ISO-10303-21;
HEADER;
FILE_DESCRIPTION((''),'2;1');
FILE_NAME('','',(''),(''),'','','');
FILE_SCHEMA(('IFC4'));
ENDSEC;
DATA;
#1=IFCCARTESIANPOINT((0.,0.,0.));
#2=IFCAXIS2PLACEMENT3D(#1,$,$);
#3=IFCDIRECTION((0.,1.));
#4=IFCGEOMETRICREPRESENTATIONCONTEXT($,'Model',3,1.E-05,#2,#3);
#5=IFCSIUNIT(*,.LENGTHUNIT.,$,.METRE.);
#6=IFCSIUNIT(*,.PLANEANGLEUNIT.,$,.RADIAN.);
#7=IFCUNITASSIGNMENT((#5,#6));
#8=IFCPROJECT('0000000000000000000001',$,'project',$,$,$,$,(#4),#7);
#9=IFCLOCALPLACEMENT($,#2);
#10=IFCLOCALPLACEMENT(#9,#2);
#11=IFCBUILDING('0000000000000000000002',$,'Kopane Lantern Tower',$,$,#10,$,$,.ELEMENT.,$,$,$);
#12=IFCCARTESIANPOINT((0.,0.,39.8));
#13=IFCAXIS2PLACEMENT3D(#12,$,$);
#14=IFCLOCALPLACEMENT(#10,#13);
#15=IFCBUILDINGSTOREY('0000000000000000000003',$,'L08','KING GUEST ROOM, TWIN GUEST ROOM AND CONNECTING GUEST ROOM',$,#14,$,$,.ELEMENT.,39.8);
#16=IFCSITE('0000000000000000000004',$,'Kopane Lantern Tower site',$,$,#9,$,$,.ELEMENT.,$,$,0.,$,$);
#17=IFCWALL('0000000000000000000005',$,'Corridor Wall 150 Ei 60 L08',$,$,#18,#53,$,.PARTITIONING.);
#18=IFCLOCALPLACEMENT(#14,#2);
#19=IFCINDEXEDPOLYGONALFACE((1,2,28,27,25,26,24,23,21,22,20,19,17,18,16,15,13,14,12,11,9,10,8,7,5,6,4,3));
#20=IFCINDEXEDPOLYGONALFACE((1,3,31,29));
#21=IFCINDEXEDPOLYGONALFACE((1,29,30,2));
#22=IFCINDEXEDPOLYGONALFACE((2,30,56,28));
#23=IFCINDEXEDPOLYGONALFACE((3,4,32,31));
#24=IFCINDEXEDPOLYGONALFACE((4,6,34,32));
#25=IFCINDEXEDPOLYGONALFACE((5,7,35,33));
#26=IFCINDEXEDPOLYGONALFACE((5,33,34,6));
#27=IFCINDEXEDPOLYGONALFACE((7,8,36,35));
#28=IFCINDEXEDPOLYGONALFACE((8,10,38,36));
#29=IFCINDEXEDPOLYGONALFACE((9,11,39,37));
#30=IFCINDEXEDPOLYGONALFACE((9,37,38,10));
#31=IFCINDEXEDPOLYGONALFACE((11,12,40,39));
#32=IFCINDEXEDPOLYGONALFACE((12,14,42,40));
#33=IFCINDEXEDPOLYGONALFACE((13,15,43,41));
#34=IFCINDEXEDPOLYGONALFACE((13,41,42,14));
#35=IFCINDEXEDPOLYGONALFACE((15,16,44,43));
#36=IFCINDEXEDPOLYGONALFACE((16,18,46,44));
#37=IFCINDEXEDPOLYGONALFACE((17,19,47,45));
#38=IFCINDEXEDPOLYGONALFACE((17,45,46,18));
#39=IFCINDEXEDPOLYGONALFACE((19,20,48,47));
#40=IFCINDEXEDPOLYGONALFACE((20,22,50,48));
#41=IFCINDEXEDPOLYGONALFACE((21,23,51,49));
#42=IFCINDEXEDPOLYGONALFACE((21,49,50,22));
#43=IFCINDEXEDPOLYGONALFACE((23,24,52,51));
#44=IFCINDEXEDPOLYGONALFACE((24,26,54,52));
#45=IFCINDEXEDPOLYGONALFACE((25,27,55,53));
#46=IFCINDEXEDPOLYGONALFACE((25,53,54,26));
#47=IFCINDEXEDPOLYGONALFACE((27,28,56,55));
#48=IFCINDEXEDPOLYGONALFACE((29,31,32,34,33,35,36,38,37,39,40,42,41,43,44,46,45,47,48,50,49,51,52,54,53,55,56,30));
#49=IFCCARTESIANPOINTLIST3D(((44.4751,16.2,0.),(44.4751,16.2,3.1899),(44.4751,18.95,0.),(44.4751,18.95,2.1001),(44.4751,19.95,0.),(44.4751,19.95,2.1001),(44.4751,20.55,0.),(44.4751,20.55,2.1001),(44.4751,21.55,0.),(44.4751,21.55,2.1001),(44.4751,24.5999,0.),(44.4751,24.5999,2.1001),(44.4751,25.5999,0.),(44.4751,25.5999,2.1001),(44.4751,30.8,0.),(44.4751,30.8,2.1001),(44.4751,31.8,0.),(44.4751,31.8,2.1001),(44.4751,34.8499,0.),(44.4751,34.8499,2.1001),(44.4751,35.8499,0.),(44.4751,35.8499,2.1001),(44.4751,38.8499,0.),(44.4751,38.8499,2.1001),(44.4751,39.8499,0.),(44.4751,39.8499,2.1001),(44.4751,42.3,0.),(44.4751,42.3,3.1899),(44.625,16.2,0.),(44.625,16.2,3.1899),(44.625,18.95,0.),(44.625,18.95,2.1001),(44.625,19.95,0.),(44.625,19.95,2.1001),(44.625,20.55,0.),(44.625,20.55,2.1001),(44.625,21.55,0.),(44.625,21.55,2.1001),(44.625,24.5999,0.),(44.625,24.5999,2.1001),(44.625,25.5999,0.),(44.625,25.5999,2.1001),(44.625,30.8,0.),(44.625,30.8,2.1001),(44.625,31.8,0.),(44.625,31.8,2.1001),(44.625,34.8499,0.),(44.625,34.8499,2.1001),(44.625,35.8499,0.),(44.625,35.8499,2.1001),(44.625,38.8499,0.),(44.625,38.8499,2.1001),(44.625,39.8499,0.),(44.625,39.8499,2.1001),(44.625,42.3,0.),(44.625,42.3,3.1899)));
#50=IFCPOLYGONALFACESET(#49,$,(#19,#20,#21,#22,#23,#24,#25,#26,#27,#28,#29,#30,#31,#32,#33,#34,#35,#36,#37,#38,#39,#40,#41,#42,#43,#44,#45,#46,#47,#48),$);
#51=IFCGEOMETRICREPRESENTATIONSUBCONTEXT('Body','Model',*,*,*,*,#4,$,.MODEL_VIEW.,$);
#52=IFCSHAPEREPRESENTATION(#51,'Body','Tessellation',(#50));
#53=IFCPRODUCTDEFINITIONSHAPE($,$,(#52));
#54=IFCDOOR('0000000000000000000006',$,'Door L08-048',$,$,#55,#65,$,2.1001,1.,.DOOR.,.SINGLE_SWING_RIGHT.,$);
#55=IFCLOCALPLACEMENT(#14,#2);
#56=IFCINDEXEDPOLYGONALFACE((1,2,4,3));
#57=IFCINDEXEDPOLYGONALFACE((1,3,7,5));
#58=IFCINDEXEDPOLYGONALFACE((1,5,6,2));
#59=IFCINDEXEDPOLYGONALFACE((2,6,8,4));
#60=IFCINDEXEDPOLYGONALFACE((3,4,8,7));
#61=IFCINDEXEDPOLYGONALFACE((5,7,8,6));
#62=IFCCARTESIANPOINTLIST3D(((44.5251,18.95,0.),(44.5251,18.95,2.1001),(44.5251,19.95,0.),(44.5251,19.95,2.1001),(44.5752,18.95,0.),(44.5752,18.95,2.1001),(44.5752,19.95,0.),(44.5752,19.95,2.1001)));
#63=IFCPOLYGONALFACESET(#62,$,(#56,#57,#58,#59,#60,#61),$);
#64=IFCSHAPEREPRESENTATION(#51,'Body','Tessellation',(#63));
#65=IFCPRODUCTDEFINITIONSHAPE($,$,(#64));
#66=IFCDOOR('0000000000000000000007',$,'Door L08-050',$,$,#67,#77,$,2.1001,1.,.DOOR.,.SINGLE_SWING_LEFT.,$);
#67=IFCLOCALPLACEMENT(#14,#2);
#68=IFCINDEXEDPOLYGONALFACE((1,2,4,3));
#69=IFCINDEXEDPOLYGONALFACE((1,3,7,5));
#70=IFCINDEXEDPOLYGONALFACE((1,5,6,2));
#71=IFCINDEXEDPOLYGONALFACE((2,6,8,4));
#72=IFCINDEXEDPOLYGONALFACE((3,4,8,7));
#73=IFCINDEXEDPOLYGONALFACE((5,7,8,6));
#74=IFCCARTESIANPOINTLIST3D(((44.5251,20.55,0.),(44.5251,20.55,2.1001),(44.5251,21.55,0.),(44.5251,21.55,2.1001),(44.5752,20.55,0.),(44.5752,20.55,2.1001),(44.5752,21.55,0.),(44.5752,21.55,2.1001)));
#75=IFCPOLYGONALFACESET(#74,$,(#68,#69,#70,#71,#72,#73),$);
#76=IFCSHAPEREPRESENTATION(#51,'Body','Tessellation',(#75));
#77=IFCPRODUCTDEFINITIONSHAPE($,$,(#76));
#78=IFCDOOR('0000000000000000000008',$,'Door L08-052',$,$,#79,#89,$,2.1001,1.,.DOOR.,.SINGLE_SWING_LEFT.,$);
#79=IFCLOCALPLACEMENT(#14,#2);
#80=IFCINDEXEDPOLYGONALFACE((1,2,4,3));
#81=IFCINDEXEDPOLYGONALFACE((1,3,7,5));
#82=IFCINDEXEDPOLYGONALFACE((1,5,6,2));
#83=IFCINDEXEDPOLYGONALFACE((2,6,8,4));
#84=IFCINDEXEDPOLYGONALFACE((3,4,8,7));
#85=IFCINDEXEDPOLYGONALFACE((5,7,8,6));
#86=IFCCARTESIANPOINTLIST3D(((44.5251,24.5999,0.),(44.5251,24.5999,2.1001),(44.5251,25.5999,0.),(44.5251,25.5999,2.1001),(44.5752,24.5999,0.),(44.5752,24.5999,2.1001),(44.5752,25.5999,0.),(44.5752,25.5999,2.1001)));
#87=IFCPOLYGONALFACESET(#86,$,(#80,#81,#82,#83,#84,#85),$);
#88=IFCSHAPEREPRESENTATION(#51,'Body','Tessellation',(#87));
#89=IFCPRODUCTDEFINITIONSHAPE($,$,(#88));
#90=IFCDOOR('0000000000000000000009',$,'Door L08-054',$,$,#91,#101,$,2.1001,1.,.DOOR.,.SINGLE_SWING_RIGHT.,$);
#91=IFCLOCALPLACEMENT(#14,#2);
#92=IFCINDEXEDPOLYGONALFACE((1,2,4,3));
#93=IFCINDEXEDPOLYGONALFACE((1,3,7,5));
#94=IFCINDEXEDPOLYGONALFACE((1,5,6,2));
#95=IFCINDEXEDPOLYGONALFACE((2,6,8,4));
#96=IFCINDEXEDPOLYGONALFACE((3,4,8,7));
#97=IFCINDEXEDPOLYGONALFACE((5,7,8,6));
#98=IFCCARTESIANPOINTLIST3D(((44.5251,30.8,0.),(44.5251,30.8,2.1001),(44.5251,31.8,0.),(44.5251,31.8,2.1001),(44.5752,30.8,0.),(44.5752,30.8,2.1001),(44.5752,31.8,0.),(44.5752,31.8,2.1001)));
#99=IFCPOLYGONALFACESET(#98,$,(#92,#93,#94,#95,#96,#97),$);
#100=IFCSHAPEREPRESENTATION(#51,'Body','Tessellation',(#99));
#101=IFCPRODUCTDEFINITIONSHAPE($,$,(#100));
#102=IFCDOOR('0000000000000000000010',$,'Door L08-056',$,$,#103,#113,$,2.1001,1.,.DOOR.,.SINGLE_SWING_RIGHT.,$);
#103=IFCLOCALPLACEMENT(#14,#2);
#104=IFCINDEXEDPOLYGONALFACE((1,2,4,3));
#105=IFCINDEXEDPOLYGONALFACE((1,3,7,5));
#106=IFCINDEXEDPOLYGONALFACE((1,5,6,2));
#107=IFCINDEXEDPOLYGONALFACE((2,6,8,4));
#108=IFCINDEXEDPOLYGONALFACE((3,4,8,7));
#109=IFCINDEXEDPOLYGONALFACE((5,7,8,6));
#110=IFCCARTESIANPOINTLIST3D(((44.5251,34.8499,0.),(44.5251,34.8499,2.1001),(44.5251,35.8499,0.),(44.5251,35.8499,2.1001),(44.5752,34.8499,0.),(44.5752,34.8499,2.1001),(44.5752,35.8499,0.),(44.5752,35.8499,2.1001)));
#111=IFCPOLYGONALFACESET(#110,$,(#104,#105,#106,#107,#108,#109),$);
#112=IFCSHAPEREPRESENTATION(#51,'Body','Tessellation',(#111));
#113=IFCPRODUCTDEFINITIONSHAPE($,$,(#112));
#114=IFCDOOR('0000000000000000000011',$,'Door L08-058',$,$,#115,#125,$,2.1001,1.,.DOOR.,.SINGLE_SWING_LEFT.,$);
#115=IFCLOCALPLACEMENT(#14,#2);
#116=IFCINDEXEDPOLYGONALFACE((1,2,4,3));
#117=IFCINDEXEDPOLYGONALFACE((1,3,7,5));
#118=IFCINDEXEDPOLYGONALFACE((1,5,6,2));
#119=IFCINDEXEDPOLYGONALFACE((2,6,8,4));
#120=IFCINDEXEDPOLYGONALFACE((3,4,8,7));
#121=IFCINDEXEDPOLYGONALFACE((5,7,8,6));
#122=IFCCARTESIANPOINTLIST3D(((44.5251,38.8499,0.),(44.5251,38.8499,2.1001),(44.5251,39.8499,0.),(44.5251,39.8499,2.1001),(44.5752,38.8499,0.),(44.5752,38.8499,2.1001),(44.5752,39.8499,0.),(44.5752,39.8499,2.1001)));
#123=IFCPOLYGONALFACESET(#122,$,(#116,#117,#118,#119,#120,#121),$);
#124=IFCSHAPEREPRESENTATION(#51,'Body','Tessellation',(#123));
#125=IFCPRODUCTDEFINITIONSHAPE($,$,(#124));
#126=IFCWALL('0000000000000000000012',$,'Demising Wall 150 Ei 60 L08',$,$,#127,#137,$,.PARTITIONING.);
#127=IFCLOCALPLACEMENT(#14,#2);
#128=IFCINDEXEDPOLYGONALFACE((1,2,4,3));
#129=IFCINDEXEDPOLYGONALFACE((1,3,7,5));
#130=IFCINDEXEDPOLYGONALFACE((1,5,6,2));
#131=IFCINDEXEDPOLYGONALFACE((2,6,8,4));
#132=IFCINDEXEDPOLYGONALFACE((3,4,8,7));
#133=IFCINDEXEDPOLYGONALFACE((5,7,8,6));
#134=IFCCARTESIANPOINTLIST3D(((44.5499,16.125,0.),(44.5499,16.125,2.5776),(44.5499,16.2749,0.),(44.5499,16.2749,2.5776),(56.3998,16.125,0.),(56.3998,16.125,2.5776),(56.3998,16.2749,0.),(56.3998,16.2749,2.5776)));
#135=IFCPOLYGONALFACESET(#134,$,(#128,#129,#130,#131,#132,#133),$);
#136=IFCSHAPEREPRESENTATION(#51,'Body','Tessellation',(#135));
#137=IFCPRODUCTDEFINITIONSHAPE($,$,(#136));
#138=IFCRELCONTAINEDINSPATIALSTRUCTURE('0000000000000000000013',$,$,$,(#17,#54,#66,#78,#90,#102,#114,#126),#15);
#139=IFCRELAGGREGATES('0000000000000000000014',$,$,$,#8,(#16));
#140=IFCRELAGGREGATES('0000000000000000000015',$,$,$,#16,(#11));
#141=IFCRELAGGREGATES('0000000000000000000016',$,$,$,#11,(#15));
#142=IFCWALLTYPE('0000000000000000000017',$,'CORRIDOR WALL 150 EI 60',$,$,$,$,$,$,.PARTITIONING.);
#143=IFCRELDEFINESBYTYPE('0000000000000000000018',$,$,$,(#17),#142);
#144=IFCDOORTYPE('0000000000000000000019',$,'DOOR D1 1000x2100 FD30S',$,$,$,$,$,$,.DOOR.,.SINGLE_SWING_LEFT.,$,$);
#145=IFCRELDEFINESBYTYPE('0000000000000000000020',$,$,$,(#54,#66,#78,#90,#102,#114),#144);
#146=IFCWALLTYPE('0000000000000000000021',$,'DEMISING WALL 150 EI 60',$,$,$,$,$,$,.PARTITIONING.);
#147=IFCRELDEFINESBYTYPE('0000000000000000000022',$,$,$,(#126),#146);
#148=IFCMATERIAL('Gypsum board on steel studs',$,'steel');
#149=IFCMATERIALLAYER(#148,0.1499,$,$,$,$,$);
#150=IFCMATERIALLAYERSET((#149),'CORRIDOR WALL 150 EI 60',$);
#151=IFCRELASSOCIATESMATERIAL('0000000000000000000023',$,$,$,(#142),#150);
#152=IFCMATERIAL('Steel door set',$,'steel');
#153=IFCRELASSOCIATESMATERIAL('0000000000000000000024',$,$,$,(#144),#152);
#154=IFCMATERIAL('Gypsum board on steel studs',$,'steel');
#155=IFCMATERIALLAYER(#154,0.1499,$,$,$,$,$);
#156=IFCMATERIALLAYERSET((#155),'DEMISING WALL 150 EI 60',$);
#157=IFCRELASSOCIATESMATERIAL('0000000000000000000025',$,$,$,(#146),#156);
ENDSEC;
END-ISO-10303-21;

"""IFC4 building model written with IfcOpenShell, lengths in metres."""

from ifc_helpers import new_model, si_unit, direction, frame, frame_2d, origin, place, context, subcontext, project, spatial, rectangle, extrude, material, layer, layer_set, type_object, element, fill, save


model = new_model("IFC4")

# Units and contexts
model_context = context("Model", 3, precision=1e-05, world=origin(), true_north=direction((0.0, 1.0)))
body_context = subcontext(model_context, "Body", "Model", "MODEL_VIEW")
ifc_project = project(units=[si_unit("LENGTHUNIT", "METRE"), si_unit("PLANEANGLEUNIT", "RADIAN")], contexts=[model_context])

# Site, building, storey
site_placement = place(None, origin())
site = spatial("IfcSite", under=ifc_project, at=site_placement, Name="Kopane Lantern Tower site", CompositionType="ELEMENT", RefElevation=0.0)
building_placement = place(site_placement, origin())
building = spatial("IfcBuilding", under=site, at=building_placement, Name="Kopane Lantern Tower", CompositionType="ELEMENT")
storey_placement = place(building_placement, frame((0.0, 0.0, 39.8)))
storey = spatial("IfcBuildingStorey", under=building, at=storey_placement, Name="L08", Description="KING GUEST ROOM, TWIN GUEST ROOM AND CONNECTING GUEST ROOM", CompositionType="ELEMENT", Elevation=39.8)

# Wall, openings, doors
ifc_material_1 = material(Name="Gypsum board on steel studs", Category="steel")
ifc_layer_1 = layer(ifc_material_1, 0.1499)
ifc_layer_set_1 = layer_set([ifc_layer_1], Name="CORRIDOR WALL 150 EI 60")
wall_type_1 = type_object("IfcWallType", Name="CORRIDOR WALL 150 EI 60", PredefinedType="PARTITIONING", material=ifc_layer_set_1)
wall_1_placement = place(storey_placement, frame((44.55, 16.2, 0.0), z_axis=(0.0, 0.0, 1.0), x_axis=(0.0, 1.0, 0.0)))
wall_1 = element("IfcWall", 1, at=wall_1_placement, inside=storey, type_object=wall_type_1, Name="Corridor Wall 150 Ei 60 L08", PredefinedType="PARTITIONING", context=body_context, shape_type="SweptSolid", body=[
    extrude(rectangle(XDim=26.1001, YDim=0.1499, at=frame_2d((13.05, 0.0))), origin(), (0.0, 0.0, 1.0), 3.1899),
])
opening_1_placement = place(wall_1_placement, frame((2.75, 0.0, 0.0)))
opening_1 = element("IfcOpeningElement", 2, at=opening_1_placement, cuts=wall_1, PredefinedType="OPENING", context=body_context, shape_type="SweptSolid", body=[
    extrude(rectangle(XDim=1.0, YDim=2.1001, at=frame_2d((0.5, 1.05))), frame((0.0, 0.085, 0.0), z_axis=(0.0, -1.0, 0.0), x_axis=(1.0, 0.0, 0.0)), (0.0, 0.0, 1.0), 0.1699),
])
opening_2_placement = place(wall_1_placement, frame((4.3501, 0.0, 0.0)))
opening_2 = element("IfcOpeningElement", 3, at=opening_2_placement, cuts=wall_1, PredefinedType="OPENING", context=body_context, shape_type="SweptSolid", body=[
    extrude(rectangle(XDim=1.0, YDim=2.1001, at=frame_2d((0.5, 1.05))), frame((0.0, 0.085, 0.0), z_axis=(0.0, -1.0, 0.0), x_axis=(1.0, 0.0, 0.0)), (0.0, 0.0, 1.0), 0.1699),
])
opening_3_placement = place(wall_1_placement, frame((8.3999, 0.0, 0.0)))
opening_3 = element("IfcOpeningElement", 4, at=opening_3_placement, cuts=wall_1, PredefinedType="OPENING", context=body_context, shape_type="SweptSolid", body=[
    extrude(rectangle(XDim=1.0, YDim=2.1001, at=frame_2d((0.5, 1.05))), frame((0.0, 0.085, 0.0), z_axis=(0.0, -1.0, 0.0), x_axis=(1.0, 0.0, 0.0)), (0.0, 0.0, 1.0), 0.1699),
])
opening_4_placement = place(wall_1_placement, frame((14.6001, 0.0, 0.0)))
opening_4 = element("IfcOpeningElement", 5, at=opening_4_placement, cuts=wall_1, PredefinedType="OPENING", context=body_context, shape_type="SweptSolid", body=[
    extrude(rectangle(XDim=1.0, YDim=2.1001, at=frame_2d((0.5, 1.05))), frame((0.0, 0.085, 0.0), z_axis=(0.0, -1.0, 0.0), x_axis=(1.0, 0.0, 0.0)), (0.0, 0.0, 1.0), 0.1699),
])
opening_5_placement = place(wall_1_placement, frame((18.6499, 0.0, 0.0)))
opening_5 = element("IfcOpeningElement", 6, at=opening_5_placement, cuts=wall_1, PredefinedType="OPENING", context=body_context, shape_type="SweptSolid", body=[
    extrude(rectangle(XDim=1.0, YDim=2.1001, at=frame_2d((0.5, 1.05))), frame((0.0, 0.085, 0.0), z_axis=(0.0, -1.0, 0.0), x_axis=(1.0, 0.0, 0.0)), (0.0, 0.0, 1.0), 0.1699),
])
opening_6_placement = place(wall_1_placement, frame((22.6499, 0.0, 0.0)))
opening_6 = element("IfcOpeningElement", 7, at=opening_6_placement, cuts=wall_1, PredefinedType="OPENING", context=body_context, shape_type="SweptSolid", body=[
    extrude(rectangle(XDim=1.0, YDim=2.1001, at=frame_2d((0.5, 1.05))), frame((0.0, 0.085, 0.0), z_axis=(0.0, -1.0, 0.0), x_axis=(1.0, 0.0, 0.0)), (0.0, 0.0, 1.0), 0.1699),
])
ifc_material_2 = material(Name="Steel door set", Category="steel")
door_type_1 = type_object("IfcDoorType", Name="DOOR D1 1000x2100 FD30S", OperationType="SINGLE_SWING_LEFT", PredefinedType="DOOR", material=ifc_material_2)
door_1_placement = place(opening_1_placement, origin())
door_1 = element("IfcDoor", 8, at=door_1_placement, inside=storey, type_object=door_type_1, Name="Door L08-048", OperationType="SINGLE_SWING_RIGHT", OverallHeight=2.1001, OverallWidth=1.0, PredefinedType="DOOR", context=body_context, shape_type="SweptSolid", body=[
    extrude(rectangle(XDim=1.0, YDim=2.1001, at=frame_2d((0.5, 1.05))), frame((0.0, 0.0249, 0.0), z_axis=(0.0, -1.0, 0.0), x_axis=(1.0, 0.0, 0.0)), (0.0, 0.0, 1.0), 0.05),
])
fill(opening_1, door_1)
door_2_placement = place(opening_2_placement, origin())
door_2 = element("IfcDoor", 9, at=door_2_placement, inside=storey, type_object=door_type_1, Name="Door L08-050", OperationType="SINGLE_SWING_LEFT", OverallHeight=2.1001, OverallWidth=1.0, PredefinedType="DOOR", context=body_context, shape_type="SweptSolid", body=[
    extrude(rectangle(XDim=1.0, YDim=2.1001, at=frame_2d((0.5, 1.05))), frame((0.0, 0.0249, 0.0), z_axis=(0.0, -1.0, 0.0), x_axis=(1.0, 0.0, 0.0)), (0.0, 0.0, 1.0), 0.05),
])
fill(opening_2, door_2)
door_3_placement = place(opening_3_placement, origin())
door_3 = element("IfcDoor", 10, at=door_3_placement, inside=storey, type_object=door_type_1, Name="Door L08-052", OperationType="SINGLE_SWING_LEFT", OverallHeight=2.1001, OverallWidth=1.0, PredefinedType="DOOR", context=body_context, shape_type="SweptSolid", body=[
    extrude(rectangle(XDim=1.0, YDim=2.1001, at=frame_2d((0.5, 1.05))), frame((0.0, 0.0249, 0.0), z_axis=(0.0, -1.0, 0.0), x_axis=(1.0, 0.0, 0.0)), (0.0, 0.0, 1.0), 0.05),
])
fill(opening_3, door_3)
door_4_placement = place(opening_4_placement, origin())
door_4 = element("IfcDoor", 11, at=door_4_placement, inside=storey, type_object=door_type_1, Name="Door L08-054", OperationType="SINGLE_SWING_RIGHT", OverallHeight=2.1001, OverallWidth=1.0, PredefinedType="DOOR", context=body_context, shape_type="SweptSolid", body=[
    extrude(rectangle(XDim=1.0, YDim=2.1001, at=frame_2d((0.5, 1.05))), frame((0.0, 0.0249, 0.0), z_axis=(0.0, -1.0, 0.0), x_axis=(1.0, 0.0, 0.0)), (0.0, 0.0, 1.0), 0.05),
])
fill(opening_4, door_4)
door_5_placement = place(opening_5_placement, origin())
door_5 = element("IfcDoor", 12, at=door_5_placement, inside=storey, type_object=door_type_1, Name="Door L08-056", OperationType="SINGLE_SWING_RIGHT", OverallHeight=2.1001, OverallWidth=1.0, PredefinedType="DOOR", context=body_context, shape_type="SweptSolid", body=[
    extrude(rectangle(XDim=1.0, YDim=2.1001, at=frame_2d((0.5, 1.05))), frame((0.0, 0.0249, 0.0), z_axis=(0.0, -1.0, 0.0), x_axis=(1.0, 0.0, 0.0)), (0.0, 0.0, 1.0), 0.05),
])
fill(opening_5, door_5)
door_6_placement = place(opening_6_placement, origin())
door_6 = element("IfcDoor", 13, at=door_6_placement, inside=storey, type_object=door_type_1, Name="Door L08-058", OperationType="SINGLE_SWING_LEFT", OverallHeight=2.1001, OverallWidth=1.0, PredefinedType="DOOR", context=body_context, shape_type="SweptSolid", body=[
    extrude(rectangle(XDim=1.0, YDim=2.1001, at=frame_2d((0.5, 1.05))), frame((0.0, 0.0249, 0.0), z_axis=(0.0, -1.0, 0.0), x_axis=(1.0, 0.0, 0.0)), (0.0, 0.0, 1.0), 0.05),
])
fill(opening_6, door_6)

# Wall
ifc_material_3 = material(Name="Gypsum board on steel studs", Category="steel")
ifc_layer_2 = layer(ifc_material_3, 0.1499)
ifc_layer_set_2 = layer_set([ifc_layer_2], Name="DEMISING WALL 150 EI 60")
wall_type_2 = type_object("IfcWallType", Name="DEMISING WALL 150 EI 60", PredefinedType="PARTITIONING", material=ifc_layer_set_2)
wall_2_placement = place(storey_placement, frame((44.55, 16.2, 0.0), z_axis=(0.0, 0.0, 1.0), x_axis=(1.0, 0.0, 0.0)))
element("IfcWall", 14, at=wall_2_placement, inside=storey, type_object=wall_type_2, Name="Demising Wall 150 Ei 60 L08", PredefinedType="PARTITIONING", context=body_context, shape_type="SweptSolid", body=[
    extrude(rectangle(XDim=11.8499, YDim=0.1499, at=frame_2d((5.9248, 0.0))), origin(), (0.0, 0.0, 1.0), 2.5776),
])

save(model, "model.ifc")
